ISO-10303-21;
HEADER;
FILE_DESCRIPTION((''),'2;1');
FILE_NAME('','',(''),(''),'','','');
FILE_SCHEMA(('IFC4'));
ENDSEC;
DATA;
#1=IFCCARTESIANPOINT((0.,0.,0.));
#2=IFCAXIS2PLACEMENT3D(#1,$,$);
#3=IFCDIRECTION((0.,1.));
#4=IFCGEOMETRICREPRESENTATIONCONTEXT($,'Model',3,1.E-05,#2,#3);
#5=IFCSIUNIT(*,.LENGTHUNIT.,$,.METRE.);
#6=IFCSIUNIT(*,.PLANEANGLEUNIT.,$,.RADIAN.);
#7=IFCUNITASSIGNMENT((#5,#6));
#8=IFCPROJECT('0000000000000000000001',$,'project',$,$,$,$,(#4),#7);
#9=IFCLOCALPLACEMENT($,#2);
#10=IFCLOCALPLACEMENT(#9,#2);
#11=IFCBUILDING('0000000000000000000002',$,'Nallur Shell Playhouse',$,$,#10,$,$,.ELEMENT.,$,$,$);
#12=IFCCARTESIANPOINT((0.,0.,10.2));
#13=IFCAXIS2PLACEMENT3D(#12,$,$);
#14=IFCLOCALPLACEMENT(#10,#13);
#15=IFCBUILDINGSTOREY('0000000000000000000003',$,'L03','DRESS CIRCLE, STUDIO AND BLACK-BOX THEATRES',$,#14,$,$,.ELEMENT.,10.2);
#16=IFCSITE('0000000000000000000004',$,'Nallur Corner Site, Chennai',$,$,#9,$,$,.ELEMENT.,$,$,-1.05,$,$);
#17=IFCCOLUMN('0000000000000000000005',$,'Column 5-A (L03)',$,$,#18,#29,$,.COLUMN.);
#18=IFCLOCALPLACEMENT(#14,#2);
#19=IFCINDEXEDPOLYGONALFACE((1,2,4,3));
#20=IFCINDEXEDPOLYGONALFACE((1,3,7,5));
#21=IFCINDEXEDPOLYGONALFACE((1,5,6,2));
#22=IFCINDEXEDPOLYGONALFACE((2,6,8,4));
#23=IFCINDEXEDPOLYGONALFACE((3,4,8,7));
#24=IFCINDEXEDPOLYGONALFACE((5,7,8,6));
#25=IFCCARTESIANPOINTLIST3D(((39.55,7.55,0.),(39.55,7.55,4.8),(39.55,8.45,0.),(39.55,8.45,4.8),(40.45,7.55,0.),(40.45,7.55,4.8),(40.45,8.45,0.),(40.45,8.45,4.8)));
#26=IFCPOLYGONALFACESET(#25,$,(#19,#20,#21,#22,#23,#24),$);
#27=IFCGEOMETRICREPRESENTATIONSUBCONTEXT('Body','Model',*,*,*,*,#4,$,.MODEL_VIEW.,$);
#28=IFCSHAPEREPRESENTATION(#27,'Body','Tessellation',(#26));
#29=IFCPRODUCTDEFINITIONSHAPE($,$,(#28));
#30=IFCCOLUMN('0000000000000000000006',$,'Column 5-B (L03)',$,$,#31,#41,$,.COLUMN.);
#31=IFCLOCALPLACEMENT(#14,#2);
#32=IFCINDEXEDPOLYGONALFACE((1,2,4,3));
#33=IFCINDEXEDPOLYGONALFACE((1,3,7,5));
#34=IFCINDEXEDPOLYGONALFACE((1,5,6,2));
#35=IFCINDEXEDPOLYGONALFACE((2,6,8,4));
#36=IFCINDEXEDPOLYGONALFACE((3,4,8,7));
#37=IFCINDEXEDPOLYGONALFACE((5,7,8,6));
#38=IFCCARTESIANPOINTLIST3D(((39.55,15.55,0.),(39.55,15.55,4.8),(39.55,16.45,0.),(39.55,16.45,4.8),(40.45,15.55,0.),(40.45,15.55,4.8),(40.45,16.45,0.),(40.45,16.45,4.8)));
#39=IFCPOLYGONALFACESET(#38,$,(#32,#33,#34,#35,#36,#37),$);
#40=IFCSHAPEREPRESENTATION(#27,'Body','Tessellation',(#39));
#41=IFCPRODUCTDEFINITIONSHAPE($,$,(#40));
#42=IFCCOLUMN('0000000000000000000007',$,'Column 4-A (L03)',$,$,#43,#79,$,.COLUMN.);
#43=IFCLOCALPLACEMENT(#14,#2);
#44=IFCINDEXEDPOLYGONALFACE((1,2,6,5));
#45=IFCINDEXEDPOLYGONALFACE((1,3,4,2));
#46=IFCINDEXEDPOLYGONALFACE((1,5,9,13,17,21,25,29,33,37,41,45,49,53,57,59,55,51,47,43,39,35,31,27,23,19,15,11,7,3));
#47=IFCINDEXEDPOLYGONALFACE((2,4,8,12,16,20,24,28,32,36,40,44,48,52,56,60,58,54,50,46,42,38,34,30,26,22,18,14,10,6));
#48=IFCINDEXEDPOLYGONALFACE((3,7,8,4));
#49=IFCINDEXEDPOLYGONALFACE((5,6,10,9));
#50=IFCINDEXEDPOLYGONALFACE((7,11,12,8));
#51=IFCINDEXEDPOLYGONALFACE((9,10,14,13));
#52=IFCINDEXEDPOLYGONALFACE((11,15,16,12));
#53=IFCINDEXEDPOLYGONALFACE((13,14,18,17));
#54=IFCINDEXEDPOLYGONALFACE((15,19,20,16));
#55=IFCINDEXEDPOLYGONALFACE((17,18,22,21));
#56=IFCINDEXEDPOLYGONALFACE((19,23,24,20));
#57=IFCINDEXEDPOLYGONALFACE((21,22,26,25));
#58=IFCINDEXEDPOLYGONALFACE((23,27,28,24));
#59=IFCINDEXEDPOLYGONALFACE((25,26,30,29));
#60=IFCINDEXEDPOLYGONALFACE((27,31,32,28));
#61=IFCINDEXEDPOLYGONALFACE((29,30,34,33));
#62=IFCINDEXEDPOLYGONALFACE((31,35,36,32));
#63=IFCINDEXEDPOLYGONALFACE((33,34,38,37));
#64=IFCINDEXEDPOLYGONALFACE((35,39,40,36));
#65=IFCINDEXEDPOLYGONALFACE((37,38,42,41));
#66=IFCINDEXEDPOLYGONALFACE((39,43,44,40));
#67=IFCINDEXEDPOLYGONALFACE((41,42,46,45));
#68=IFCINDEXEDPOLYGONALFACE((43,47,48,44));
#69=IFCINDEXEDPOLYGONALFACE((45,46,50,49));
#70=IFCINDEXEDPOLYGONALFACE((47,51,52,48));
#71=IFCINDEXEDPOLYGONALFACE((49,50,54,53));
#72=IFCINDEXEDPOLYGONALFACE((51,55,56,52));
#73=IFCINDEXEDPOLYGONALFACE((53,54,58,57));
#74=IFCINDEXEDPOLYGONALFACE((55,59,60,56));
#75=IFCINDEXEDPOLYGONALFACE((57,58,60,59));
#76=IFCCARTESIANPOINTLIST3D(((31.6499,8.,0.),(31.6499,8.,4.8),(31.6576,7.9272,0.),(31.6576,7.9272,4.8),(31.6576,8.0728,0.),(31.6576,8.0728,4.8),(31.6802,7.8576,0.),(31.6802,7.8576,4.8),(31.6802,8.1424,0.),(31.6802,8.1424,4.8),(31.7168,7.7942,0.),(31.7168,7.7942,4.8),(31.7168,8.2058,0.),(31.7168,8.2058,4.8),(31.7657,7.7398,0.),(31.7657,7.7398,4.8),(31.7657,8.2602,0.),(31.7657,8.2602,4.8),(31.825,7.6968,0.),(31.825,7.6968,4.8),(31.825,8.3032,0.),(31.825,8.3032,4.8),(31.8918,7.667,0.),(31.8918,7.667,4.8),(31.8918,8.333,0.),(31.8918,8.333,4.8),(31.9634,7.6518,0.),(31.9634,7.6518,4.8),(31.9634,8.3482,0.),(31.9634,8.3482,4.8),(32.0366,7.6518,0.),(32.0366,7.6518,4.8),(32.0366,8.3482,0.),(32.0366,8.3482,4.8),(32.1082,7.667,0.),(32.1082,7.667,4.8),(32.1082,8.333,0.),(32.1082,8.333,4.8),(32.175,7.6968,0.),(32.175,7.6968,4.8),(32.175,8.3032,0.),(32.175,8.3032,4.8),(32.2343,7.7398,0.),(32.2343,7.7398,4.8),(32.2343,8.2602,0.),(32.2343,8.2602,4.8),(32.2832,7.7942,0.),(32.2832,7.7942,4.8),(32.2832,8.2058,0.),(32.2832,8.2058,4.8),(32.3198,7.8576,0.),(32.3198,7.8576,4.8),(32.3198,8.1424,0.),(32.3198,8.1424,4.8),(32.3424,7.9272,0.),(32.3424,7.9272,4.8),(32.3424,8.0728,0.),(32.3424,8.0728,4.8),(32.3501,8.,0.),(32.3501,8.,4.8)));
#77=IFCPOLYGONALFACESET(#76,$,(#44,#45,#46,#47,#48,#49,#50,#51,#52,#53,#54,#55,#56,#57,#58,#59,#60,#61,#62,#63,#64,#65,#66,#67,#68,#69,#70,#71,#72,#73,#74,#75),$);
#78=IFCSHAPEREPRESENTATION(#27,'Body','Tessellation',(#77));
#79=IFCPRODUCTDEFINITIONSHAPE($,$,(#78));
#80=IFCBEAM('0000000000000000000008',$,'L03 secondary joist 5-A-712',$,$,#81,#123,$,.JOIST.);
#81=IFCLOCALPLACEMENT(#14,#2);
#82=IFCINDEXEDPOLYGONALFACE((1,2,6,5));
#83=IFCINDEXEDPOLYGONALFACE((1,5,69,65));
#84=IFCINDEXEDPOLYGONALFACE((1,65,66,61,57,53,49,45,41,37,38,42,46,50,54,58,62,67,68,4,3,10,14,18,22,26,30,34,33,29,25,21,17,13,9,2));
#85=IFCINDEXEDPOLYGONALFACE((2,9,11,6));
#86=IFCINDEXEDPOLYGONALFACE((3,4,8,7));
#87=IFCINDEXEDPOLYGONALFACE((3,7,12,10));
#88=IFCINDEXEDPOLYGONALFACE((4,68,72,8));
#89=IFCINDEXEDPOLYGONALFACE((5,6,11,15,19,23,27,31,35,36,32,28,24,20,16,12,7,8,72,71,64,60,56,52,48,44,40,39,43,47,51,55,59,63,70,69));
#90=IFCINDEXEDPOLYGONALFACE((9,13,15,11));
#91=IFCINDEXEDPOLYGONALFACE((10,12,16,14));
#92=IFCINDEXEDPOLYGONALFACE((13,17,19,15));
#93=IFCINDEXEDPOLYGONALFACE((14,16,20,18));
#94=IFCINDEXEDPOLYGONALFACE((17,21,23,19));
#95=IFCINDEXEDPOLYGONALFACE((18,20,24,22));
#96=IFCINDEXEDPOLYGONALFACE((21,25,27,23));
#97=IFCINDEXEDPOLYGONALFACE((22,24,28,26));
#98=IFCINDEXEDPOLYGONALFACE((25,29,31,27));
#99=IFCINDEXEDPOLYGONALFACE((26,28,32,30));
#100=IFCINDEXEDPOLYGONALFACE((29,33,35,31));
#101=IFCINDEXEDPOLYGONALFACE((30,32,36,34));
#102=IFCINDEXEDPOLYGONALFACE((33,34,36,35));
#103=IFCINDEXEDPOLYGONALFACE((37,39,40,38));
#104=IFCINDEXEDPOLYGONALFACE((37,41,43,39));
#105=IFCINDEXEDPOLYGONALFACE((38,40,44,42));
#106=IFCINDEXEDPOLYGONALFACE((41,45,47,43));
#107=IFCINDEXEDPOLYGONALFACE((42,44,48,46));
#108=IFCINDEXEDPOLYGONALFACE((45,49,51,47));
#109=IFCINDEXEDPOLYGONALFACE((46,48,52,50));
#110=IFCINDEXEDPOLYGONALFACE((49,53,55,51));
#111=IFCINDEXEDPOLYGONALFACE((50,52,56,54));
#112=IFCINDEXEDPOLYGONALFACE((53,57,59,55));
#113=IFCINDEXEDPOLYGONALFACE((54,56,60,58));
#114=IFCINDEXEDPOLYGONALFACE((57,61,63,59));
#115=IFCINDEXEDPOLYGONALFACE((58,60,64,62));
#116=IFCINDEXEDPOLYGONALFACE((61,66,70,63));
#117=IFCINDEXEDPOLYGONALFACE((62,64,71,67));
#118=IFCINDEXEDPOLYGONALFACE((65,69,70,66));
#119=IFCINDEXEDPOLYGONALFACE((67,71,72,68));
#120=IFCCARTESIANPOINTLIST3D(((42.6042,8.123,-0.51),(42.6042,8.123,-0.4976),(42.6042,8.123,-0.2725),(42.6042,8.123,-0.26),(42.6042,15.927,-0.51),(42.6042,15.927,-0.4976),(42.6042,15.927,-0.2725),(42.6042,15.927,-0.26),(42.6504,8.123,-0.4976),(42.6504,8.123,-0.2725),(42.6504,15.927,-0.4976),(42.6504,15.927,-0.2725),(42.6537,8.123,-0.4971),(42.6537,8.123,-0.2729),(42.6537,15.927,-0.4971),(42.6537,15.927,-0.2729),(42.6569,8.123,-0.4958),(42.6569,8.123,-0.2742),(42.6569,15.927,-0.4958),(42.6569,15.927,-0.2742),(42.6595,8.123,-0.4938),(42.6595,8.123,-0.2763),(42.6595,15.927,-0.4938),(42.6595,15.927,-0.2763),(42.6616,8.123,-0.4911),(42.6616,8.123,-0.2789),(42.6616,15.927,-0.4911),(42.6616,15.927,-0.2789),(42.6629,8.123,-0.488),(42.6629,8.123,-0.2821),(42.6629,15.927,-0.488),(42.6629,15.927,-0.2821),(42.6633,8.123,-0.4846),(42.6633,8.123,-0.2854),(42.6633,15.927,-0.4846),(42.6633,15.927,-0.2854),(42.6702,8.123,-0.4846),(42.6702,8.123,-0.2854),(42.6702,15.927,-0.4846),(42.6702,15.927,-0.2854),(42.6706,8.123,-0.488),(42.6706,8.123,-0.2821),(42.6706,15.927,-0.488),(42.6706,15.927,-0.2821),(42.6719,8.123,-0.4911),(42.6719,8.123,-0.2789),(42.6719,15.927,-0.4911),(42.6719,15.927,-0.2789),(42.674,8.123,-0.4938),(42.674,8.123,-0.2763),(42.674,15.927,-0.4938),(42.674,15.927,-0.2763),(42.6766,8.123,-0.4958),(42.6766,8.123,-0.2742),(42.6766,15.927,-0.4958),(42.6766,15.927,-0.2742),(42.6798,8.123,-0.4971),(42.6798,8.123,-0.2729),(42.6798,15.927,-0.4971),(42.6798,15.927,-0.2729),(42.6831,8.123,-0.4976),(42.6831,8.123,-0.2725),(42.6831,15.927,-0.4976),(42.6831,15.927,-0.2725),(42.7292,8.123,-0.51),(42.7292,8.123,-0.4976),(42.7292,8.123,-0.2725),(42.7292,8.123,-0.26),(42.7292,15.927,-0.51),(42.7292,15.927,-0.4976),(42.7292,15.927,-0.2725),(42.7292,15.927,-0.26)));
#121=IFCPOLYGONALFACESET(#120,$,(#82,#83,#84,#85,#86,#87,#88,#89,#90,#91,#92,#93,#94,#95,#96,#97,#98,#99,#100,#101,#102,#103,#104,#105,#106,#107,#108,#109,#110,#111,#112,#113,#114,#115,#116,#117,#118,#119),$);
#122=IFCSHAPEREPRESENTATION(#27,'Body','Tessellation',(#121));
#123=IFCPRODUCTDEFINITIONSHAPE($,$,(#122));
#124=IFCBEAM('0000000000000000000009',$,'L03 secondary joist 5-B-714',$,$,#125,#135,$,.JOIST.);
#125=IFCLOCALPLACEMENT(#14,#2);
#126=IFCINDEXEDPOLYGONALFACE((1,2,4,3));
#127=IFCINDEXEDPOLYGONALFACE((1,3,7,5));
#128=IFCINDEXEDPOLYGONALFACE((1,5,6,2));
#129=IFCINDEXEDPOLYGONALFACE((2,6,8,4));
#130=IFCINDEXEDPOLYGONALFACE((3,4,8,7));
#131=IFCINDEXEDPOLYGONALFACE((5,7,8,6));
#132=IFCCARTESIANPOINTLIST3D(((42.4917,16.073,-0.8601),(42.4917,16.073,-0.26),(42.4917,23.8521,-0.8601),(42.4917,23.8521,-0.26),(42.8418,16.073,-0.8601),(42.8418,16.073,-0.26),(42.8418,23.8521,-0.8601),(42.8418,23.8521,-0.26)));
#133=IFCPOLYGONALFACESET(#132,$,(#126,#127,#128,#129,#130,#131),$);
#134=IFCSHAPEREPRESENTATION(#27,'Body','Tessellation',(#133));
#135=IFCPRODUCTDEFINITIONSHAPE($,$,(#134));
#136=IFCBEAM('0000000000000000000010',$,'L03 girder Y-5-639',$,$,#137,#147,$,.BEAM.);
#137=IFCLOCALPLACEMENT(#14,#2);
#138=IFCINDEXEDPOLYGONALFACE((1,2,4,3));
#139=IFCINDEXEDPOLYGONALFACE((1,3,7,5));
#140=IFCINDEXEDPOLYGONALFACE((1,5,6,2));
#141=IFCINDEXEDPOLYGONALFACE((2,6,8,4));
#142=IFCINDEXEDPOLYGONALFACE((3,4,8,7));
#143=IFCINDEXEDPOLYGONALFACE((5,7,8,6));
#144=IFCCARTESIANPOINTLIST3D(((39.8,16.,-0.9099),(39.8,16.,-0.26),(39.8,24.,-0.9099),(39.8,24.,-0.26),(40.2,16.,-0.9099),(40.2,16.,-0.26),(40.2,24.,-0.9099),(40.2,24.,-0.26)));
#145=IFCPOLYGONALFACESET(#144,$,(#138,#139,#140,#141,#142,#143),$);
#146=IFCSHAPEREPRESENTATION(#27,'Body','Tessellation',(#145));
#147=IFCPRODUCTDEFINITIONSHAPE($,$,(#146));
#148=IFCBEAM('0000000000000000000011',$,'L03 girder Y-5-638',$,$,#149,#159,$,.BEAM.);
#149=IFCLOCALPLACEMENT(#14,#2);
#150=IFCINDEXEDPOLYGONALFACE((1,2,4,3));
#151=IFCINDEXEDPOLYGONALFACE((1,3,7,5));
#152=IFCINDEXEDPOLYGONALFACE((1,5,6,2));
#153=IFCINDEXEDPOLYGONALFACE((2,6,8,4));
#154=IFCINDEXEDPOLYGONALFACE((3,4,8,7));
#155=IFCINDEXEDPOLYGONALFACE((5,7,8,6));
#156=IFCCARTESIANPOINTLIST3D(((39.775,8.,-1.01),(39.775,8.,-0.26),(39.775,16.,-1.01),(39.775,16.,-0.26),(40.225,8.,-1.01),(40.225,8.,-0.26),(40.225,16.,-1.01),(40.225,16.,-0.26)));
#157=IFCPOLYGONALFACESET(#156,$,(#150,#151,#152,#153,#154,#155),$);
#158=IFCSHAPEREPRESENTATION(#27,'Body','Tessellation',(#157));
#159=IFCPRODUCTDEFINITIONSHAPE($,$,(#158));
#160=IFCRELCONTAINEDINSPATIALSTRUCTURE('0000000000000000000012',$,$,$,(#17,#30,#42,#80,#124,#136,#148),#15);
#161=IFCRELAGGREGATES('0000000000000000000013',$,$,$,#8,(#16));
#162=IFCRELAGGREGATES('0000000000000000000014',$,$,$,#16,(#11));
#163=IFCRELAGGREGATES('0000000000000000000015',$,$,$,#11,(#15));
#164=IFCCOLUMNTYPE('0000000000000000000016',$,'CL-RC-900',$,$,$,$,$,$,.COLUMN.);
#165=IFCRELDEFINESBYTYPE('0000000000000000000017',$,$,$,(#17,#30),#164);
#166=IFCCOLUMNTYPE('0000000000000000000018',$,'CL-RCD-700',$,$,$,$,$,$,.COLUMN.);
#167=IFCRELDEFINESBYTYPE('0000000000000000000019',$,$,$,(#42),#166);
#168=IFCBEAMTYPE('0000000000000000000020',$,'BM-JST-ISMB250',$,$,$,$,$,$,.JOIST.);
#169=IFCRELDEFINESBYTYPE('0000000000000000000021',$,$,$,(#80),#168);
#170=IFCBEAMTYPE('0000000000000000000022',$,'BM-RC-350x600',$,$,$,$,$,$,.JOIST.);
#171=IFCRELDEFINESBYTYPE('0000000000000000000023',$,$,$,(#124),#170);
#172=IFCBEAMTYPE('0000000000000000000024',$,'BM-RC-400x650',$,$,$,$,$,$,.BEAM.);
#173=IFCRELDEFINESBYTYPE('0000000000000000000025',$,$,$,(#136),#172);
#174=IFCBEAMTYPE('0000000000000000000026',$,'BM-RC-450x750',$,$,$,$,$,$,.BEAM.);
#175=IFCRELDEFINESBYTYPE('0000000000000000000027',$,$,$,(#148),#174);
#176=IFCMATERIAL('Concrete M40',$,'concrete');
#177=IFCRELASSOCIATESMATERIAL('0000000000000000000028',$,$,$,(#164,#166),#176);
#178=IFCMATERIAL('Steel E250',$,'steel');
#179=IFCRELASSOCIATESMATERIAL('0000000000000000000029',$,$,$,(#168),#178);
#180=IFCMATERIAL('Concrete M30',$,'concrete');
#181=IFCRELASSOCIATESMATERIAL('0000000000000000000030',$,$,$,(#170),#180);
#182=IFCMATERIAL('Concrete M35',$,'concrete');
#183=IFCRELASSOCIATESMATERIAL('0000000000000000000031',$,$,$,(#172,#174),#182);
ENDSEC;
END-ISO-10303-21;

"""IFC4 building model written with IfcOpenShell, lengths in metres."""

from ifc_helpers import new_model, si_unit, direction, frame, origin, origin_2d, place, context, subcontext, project, spatial, rectangle, circle, i_section, extrude, material, material_profile, profile_set, type_object, element, save


model = new_model("IFC4")

# Units and contexts
model_context = context("Model", 3, precision=1e-05, world=origin(), true_north=direction((0.0, 1.0)))
body_context = subcontext(model_context, "Body", "Model", "MODEL_VIEW")
ifc_project = project(units=[si_unit("LENGTHUNIT", "METRE"), si_unit("PLANEANGLEUNIT", "RADIAN")], contexts=[model_context])

# Site, building, storey
site_placement = place(None, origin())
site = spatial("IfcSite", under=ifc_project, at=site_placement, Name="Nallur Corner Site, Chennai", CompositionType="ELEMENT", RefElevation=-1.05)
building_placement = place(site_placement, origin())
building = spatial("IfcBuilding", under=site, at=building_placement, Name="Nallur Shell Playhouse", CompositionType="ELEMENT")
storey_placement = place(building_placement, frame((0.0, 0.0, 10.2)))
storey = spatial("IfcBuildingStorey", under=building, at=storey_placement, Name="L03", Description="DRESS CIRCLE, STUDIO AND BLACK-BOX THEATRES", CompositionType="ELEMENT", Elevation=10.2)

# Columns
ifc_material_1 = material(Name="Concrete M40", Category="concrete")
ifc_material_profile_1 = material_profile(ifc_material_1, rectangle(XDim=0.8999, YDim=0.8999, at=origin_2d()), Name="RC 900x900")
ifc_profile_set_1 = profile_set([ifc_material_profile_1], Name="Concrete M40")
column_type_1 = type_object("IfcColumnType", Name="CL-RC-900", PredefinedType="COLUMN", material=ifc_profile_set_1)
for number, where, z_axis, x_axis, name in (
    (1, (40.0, 8.0, 0.0), (0.0, 0.0, 1.0), (1.0, 0.0, 0.0), "Column 5-A (L03)"),
    (2, (40.0, 16.0, 0.0), (0.0, 0.0, 1.0), (1.0, 0.0, 0.0), "Column 5-B (L03)"),
):
    element("IfcColumn", number, at=place(storey_placement, frame(where, z_axis=z_axis, x_axis=x_axis)), inside=storey, type_object=column_type_1, Name=name, PredefinedType="COLUMN", context=body_context, shape_type="SweptSolid", body=[
        extrude(rectangle(XDim=0.8999, YDim=0.8999, at=origin_2d()), origin(), (0.0, 0.0, 1.0), 4.8),
    ])
ifc_material_profile_2 = material_profile(ifc_material_1, circle(Radius=0.3501, at=origin_2d()), Name="RC D700")
ifc_profile_set_2 = profile_set([ifc_material_profile_2], Name="Concrete M40")
column_type_2 = type_object("IfcColumnType", Name="CL-RCD-700", PredefinedType="COLUMN", material=ifc_profile_set_2)
column_placement = place(storey_placement, frame((32.0, 8.0, 0.0), z_axis=(0.0, 0.0, 1.0), x_axis=(1.0, 0.0, 0.0)))
element("IfcColumn", 3, at=column_placement, inside=storey, type_object=column_type_2, Name="Column 4-A (L03)", PredefinedType="COLUMN", context=body_context, shape_type="SweptSolid", body=[
    extrude(circle(Radius=0.3501, at=origin_2d()), origin(), (0.0, 0.0, 1.0), 4.8),
])

# Beams
ifc_material_2 = material(Name="Steel E250", Category="steel")
ifc_material_profile_3 = material_profile(ifc_material_2, i_section(OverallWidth=0.125, OverallDepth=0.25, WebThickness=0.0068, FlangeThickness=0.0125, FilletRadius=0.0129, at=origin_2d()), Name="ISMB 250")
ifc_profile_set_3 = profile_set([ifc_material_profile_3], Name="Steel E250")
beam_type_1 = type_object("IfcBeamType", Name="BM-JST-ISMB250", PredefinedType="JOIST", material=ifc_profile_set_3)
beam_1_placement = place(storey_placement, frame((42.6667, 8.123, -0.385), z_axis=(0.0, 1.0, 0.0), x_axis=(-1.0, 0.0, 0.0)))
element("IfcBeam", 4, at=beam_1_placement, inside=storey, type_object=beam_type_1, Name="L03 secondary joist 5-A-712", PredefinedType="JOIST", context=body_context, shape_type="SweptSolid", body=[
    extrude(i_section(OverallWidth=0.125, OverallDepth=0.25, WebThickness=0.0068, FlangeThickness=0.0125, FilletRadius=0.0129, at=origin_2d()), origin(), (0.0, 0.0, 1.0), 7.804),
])
ifc_material_3 = material(Name="Concrete M30", Category="concrete")
ifc_material_profile_4 = material_profile(ifc_material_3, rectangle(XDim=0.3501, YDim=0.6001, at=origin_2d()), Name="RC 350x600")
ifc_profile_set_4 = profile_set([ifc_material_profile_4], Name="Concrete M30")
beam_type_2 = type_object("IfcBeamType", Name="BM-RC-350x600", PredefinedType="JOIST", material=ifc_profile_set_4)
beam_2_placement = place(storey_placement, frame((42.6667, 16.073, -0.5601), z_axis=(0.0, 1.0, 0.0), x_axis=(-1.0, 0.0, 0.0)))
element("IfcBeam", 5, at=beam_2_placement, inside=storey, type_object=beam_type_2, Name="L03 secondary joist 5-B-714", PredefinedType="JOIST", context=body_context, shape_type="SweptSolid", body=[
    extrude(rectangle(XDim=0.3501, YDim=0.6001, at=origin_2d()), origin(), (0.0, 0.0, 1.0), 7.7791),
])
ifc_material_4 = material(Name="Concrete M35", Category="concrete")
ifc_material_profile_5 = material_profile(ifc_material_4, rectangle(XDim=0.3999, YDim=0.6499, at=origin_2d()), Name="RC 400x650")
ifc_profile_set_5 = profile_set([ifc_material_profile_5], Name="Concrete M35")
beam_type_3 = type_object("IfcBeamType", Name="BM-RC-400x650", PredefinedType="BEAM", material=ifc_profile_set_5)
beam_3_placement = place(storey_placement, frame((40.0, 16.0, -0.585), z_axis=(0.0, 1.0, 0.0), x_axis=(-1.0, 0.0, 0.0)))
element("IfcBeam", 6, at=beam_3_placement, inside=storey, type_object=beam_type_3, Name="L03 girder Y-5-639", PredefinedType="BEAM", context=body_context, shape_type="SweptSolid", body=[
    extrude(rectangle(XDim=0.3999, YDim=0.6499, at=origin_2d()), origin(), (0.0, 0.0, 1.0), 8.0),
])
ifc_material_profile_6 = material_profile(ifc_material_4, rectangle(XDim=0.45, YDim=0.75, at=origin_2d()), Name="RC 450x750")
ifc_profile_set_6 = profile_set([ifc_material_profile_6], Name="Concrete M35")
beam_type_4 = type_object("IfcBeamType", Name="BM-RC-450x750", PredefinedType="BEAM", material=ifc_profile_set_6)
beam_4_placement = place(storey_placement, frame((40.0, 8.0, -0.635), z_axis=(0.0, 1.0, 0.0), x_axis=(-1.0, 0.0, 0.0)))
element("IfcBeam", 7, at=beam_4_placement, inside=storey, type_object=beam_type_4, Name="L03 girder Y-5-638", PredefinedType="BEAM", context=body_context, shape_type="SweptSolid", body=[
    extrude(rectangle(XDim=0.45, YDim=0.75, at=origin_2d()), origin(), (0.0, 0.0, 1.0), 8.0),
])

save(model, "model.ifc")
